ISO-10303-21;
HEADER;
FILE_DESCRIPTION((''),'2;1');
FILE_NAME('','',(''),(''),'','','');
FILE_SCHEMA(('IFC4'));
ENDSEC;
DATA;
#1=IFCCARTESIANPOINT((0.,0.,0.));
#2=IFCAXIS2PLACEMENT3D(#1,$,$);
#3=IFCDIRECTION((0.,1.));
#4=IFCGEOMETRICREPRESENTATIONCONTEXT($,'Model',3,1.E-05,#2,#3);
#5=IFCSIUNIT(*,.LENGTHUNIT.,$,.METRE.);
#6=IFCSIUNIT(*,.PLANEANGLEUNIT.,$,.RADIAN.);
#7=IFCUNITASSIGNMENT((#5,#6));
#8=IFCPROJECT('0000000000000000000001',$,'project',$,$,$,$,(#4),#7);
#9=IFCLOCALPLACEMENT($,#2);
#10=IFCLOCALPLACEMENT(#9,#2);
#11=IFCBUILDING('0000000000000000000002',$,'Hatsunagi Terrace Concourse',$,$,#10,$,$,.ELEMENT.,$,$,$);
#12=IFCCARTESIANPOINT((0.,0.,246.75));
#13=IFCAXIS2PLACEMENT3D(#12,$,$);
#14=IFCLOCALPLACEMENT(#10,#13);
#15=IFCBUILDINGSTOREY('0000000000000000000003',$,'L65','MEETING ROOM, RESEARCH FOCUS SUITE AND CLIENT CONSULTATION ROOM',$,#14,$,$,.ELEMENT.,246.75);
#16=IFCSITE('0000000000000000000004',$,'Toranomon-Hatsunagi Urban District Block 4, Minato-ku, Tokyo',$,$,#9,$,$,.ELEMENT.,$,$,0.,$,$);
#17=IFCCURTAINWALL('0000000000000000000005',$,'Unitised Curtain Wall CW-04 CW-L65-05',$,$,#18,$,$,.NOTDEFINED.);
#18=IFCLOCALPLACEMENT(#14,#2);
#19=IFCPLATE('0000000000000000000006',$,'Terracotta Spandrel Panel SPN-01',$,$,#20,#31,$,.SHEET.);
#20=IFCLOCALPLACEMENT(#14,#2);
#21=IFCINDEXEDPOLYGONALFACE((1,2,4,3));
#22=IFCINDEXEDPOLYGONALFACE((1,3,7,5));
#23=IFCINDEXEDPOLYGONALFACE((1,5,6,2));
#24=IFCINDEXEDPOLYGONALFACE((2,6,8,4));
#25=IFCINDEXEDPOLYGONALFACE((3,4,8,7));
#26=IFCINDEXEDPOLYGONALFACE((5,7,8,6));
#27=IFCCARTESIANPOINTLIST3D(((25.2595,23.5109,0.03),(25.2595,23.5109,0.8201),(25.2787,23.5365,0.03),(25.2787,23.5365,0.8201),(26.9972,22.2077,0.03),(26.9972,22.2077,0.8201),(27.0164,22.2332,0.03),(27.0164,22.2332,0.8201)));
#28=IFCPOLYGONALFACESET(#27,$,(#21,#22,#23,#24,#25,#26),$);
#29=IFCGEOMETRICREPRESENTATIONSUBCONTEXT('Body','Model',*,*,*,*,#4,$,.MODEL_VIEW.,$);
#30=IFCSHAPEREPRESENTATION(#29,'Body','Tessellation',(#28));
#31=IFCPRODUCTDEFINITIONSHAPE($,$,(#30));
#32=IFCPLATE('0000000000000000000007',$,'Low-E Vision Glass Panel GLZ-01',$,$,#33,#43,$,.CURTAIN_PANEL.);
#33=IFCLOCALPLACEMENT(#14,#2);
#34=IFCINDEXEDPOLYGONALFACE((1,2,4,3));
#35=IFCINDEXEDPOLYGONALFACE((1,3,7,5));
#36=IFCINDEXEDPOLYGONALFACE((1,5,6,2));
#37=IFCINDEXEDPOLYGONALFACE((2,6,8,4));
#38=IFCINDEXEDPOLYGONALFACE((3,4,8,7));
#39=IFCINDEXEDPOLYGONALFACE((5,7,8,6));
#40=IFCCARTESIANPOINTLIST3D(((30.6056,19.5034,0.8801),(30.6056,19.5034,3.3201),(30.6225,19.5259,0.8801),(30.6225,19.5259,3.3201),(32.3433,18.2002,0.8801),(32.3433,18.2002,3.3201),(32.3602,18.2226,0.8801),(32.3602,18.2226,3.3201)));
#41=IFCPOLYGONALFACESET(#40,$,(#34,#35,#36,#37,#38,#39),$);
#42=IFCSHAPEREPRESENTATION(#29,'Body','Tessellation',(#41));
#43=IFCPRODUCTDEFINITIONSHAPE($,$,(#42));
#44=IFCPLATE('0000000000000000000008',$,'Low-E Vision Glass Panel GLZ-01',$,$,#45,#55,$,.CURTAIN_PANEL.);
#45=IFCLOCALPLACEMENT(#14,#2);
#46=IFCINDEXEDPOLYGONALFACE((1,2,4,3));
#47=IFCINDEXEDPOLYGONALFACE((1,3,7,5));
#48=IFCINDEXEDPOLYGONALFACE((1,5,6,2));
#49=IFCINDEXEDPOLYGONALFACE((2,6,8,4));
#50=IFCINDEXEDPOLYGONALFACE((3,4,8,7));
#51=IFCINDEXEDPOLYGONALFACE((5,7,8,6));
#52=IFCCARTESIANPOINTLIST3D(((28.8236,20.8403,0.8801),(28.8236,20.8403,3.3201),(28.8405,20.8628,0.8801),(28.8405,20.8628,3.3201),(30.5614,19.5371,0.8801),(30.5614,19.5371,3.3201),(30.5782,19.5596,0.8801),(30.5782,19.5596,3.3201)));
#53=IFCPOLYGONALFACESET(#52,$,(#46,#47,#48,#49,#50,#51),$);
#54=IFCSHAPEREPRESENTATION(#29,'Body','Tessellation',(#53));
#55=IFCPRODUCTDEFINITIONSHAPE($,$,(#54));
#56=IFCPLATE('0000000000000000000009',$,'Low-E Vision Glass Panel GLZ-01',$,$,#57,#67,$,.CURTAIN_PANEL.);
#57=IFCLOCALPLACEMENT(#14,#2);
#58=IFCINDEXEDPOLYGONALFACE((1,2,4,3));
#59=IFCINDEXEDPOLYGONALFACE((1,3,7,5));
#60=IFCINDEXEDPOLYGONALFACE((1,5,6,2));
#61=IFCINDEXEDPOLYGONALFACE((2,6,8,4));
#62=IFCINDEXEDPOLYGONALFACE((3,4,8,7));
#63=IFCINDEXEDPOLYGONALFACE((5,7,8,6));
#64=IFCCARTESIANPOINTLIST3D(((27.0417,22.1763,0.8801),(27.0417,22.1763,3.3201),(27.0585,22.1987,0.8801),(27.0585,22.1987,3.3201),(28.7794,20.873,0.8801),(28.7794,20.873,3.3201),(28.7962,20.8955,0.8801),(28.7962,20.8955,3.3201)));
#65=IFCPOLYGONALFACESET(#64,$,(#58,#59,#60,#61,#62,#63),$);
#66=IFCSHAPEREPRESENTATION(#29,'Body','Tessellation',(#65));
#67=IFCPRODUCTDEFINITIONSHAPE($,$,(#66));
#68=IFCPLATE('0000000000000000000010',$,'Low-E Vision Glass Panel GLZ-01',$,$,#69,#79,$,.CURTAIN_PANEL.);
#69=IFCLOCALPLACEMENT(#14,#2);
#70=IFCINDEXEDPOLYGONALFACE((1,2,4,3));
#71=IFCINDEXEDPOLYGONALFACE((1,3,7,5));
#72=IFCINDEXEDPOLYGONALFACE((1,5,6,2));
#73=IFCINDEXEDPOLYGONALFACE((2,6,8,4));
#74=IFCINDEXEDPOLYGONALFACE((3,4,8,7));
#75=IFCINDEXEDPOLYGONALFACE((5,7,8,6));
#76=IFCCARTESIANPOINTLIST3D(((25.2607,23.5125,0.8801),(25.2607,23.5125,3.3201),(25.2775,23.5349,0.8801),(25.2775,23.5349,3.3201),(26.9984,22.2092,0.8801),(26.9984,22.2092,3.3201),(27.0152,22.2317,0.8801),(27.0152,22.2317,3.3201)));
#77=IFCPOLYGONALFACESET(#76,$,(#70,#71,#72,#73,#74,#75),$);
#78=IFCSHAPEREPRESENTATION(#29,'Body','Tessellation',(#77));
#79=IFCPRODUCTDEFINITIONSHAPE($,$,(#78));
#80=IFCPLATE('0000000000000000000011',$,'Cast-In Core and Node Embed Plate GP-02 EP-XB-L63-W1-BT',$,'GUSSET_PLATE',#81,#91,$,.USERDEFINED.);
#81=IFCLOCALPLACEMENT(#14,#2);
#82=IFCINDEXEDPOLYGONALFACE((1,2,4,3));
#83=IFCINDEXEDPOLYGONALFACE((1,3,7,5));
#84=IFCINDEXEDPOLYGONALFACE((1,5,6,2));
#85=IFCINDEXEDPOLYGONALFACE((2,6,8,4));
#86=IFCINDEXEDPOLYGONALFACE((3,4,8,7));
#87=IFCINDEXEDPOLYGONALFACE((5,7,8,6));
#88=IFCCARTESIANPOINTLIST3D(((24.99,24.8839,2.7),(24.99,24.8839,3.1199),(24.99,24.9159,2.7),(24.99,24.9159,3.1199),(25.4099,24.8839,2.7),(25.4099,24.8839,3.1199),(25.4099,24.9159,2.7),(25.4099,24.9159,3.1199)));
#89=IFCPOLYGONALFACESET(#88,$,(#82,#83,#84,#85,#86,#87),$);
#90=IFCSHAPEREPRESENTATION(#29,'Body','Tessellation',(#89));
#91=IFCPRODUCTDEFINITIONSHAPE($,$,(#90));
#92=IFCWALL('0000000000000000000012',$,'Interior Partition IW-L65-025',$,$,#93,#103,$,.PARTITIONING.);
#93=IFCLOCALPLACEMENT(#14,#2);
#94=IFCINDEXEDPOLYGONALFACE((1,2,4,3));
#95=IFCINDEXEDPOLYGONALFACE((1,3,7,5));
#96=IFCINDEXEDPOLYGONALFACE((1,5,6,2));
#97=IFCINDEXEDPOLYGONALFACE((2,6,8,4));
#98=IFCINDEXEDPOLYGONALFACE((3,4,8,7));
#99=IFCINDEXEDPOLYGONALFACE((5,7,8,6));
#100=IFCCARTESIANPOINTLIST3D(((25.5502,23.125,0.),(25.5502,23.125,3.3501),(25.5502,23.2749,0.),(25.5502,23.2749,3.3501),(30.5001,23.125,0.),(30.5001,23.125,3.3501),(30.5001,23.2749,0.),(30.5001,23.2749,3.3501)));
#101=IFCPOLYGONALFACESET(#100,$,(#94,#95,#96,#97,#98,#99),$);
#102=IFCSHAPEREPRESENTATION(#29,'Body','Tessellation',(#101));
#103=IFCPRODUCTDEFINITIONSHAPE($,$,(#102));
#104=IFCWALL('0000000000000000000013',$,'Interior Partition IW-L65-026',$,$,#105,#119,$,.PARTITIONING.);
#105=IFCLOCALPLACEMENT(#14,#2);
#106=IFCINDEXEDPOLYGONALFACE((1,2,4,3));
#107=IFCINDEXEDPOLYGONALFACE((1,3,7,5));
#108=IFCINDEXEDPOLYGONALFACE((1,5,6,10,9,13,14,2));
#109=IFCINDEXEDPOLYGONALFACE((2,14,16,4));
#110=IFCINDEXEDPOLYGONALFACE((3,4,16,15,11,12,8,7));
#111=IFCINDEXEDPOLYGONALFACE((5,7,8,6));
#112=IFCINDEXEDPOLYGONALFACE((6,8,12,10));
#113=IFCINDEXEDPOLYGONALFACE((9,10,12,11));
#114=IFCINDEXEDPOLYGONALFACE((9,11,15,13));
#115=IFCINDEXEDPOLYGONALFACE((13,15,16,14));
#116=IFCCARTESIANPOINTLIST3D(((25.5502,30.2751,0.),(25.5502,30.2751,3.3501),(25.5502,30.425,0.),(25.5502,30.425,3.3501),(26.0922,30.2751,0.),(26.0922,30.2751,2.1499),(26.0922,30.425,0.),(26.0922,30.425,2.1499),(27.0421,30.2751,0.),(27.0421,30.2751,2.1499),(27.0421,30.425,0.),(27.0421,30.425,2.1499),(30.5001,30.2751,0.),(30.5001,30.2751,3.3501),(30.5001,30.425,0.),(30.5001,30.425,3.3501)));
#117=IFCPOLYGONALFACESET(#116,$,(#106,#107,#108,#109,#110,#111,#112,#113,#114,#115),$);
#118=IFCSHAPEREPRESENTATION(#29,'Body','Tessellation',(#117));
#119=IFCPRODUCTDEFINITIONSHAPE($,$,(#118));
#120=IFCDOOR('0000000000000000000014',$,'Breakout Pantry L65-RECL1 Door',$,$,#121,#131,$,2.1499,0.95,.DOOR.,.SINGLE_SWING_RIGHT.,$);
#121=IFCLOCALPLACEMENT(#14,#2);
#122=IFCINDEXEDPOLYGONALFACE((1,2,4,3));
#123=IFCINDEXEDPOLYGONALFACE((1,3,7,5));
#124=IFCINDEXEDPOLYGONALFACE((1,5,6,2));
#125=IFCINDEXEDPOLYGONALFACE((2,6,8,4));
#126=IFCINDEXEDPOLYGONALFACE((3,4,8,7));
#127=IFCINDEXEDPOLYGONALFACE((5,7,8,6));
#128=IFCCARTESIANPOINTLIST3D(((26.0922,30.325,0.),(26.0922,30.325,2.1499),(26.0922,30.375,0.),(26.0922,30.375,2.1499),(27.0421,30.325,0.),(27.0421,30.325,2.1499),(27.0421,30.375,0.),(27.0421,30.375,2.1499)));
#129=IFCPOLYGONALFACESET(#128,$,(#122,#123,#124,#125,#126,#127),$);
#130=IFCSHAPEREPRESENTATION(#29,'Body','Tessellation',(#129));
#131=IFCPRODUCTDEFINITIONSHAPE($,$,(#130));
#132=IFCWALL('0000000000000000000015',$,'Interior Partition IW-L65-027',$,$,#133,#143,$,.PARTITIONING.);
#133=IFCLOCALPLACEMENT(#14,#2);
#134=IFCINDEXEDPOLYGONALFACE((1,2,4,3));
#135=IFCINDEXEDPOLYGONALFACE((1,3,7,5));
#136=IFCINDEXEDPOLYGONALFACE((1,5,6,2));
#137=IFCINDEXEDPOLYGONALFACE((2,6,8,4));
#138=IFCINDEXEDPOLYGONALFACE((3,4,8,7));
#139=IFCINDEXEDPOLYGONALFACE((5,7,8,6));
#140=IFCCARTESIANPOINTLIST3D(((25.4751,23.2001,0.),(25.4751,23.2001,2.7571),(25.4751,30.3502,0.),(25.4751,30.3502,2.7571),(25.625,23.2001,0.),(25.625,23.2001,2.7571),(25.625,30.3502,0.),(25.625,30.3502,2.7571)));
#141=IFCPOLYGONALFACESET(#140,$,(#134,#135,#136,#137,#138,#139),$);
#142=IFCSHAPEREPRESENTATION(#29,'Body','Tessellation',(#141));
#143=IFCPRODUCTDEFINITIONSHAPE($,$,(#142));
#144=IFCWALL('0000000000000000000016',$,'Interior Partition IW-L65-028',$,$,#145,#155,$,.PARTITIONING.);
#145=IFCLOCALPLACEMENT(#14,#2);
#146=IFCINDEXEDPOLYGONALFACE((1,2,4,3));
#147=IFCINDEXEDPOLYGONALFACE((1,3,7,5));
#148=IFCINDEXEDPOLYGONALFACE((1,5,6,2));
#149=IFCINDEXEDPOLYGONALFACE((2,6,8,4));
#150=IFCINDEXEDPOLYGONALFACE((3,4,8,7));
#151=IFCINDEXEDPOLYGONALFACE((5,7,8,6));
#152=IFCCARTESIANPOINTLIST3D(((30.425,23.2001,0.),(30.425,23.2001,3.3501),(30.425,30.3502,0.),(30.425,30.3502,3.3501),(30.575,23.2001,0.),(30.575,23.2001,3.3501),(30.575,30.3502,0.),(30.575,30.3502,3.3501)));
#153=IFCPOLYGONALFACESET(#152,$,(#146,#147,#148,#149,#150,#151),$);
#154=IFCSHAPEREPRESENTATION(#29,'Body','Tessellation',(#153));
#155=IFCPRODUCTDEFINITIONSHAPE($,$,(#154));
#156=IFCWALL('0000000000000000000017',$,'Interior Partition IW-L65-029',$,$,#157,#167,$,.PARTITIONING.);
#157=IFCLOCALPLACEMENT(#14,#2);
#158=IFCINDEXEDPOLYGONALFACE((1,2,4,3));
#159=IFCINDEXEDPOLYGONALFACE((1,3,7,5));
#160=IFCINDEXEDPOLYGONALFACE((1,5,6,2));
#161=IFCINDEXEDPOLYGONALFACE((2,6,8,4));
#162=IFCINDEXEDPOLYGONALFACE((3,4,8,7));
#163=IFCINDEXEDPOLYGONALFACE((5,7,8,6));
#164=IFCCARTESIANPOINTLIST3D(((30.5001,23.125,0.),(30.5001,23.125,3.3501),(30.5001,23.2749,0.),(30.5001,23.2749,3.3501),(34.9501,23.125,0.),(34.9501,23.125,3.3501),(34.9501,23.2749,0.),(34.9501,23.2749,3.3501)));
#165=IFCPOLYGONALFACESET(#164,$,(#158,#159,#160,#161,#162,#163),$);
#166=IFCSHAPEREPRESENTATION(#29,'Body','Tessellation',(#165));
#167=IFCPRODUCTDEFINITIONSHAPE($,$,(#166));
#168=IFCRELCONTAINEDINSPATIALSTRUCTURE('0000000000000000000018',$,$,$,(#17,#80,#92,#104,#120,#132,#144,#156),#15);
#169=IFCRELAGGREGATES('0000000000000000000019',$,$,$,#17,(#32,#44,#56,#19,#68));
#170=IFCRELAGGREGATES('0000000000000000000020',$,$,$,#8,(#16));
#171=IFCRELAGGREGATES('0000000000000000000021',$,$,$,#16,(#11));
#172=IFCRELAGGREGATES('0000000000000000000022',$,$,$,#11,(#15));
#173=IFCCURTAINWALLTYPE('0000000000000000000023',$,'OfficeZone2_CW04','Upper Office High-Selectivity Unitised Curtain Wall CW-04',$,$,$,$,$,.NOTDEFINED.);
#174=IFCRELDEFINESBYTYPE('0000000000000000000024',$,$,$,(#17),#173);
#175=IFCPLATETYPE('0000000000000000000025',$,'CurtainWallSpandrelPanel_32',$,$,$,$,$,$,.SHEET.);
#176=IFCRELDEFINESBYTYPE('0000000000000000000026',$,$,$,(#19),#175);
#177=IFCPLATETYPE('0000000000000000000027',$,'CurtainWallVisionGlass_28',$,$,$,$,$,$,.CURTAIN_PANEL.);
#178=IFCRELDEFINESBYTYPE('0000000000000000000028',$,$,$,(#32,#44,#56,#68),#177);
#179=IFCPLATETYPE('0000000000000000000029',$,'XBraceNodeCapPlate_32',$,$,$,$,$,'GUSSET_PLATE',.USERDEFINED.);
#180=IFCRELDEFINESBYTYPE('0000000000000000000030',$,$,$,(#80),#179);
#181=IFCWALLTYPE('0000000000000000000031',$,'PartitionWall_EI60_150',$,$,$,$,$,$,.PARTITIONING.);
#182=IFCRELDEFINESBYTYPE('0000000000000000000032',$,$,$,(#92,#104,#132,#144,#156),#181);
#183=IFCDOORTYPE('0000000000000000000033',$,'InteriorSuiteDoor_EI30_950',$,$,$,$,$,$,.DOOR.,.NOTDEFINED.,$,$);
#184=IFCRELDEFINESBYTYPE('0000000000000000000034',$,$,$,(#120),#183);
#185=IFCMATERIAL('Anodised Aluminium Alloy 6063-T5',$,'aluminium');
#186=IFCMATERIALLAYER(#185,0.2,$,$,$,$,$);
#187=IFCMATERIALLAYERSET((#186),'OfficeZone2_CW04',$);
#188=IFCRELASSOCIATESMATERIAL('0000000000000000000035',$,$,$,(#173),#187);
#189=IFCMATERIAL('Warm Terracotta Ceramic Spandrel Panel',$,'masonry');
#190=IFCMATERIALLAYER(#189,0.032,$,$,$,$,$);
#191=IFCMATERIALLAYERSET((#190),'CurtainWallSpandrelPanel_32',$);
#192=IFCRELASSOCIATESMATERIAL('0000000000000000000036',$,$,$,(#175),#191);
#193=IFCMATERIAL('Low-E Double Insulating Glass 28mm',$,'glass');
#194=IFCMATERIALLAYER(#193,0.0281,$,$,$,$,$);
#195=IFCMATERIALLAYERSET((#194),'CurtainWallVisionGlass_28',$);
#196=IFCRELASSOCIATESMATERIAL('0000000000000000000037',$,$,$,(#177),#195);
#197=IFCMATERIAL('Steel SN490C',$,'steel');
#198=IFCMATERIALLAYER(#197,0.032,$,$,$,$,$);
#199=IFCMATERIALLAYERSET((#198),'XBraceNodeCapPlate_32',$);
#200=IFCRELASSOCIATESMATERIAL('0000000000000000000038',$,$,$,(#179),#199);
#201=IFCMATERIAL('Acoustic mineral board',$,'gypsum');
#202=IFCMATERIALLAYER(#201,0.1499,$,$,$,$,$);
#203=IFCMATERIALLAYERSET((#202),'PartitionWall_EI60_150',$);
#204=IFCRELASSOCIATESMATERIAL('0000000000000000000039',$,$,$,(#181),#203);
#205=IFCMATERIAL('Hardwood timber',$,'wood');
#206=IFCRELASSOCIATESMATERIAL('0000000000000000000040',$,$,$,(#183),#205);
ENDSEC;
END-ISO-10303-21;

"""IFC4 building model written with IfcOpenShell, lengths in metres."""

from ifc_helpers import new_model, si_unit, direction, frame, frame_2d, origin, origin_2d, place, context, subcontext, project, spatial, rectangle, extrude, material, layer, layer_set, type_object, element, fill, aggregate, save


model = new_model("IFC4")

# Units and contexts
model_context = context("Model", 3, precision=1e-05, world=origin(), true_north=direction((0.0, 1.0)))
body_context = subcontext(model_context, "Body", "Model", "MODEL_VIEW")
ifc_project = project(units=[si_unit("LENGTHUNIT", "METRE"), si_unit("PLANEANGLEUNIT", "RADIAN")], contexts=[model_context])

# Site, building, storey
site_placement = place(None, origin())
site = spatial("IfcSite", under=ifc_project, at=site_placement, Name="Toranomon-Hatsunagi Urban District Block 4, Minato-ku, Tokyo", CompositionType="ELEMENT", RefElevation=0.0)
building_placement = place(site_placement, origin())
building = spatial("IfcBuilding", under=site, at=building_placement, Name="Hatsunagi Terrace Concourse", CompositionType="ELEMENT")
storey_placement = place(building_placement, frame((0.0, 0.0, 246.75)))
storey = spatial("IfcBuildingStorey", under=building, at=storey_placement, Name="L65", Description="MEETING ROOM, RESEARCH FOCUS SUITE AND CLIENT CONSULTATION ROOM", CompositionType="ELEMENT", Elevation=246.75)

# Curtain wall
ifc_material_1 = material(Name="Anodised Aluminium Alloy 6063-T5", Category="aluminium")
ifc_layer_1 = layer(ifc_material_1, 0.2)
ifc_layer_set_1 = layer_set([ifc_layer_1], Name="OfficeZone2_CW04")
curtain_wall_type = type_object("IfcCurtainWallType", Name="OfficeZone2_CW04", Description="Upper Office High-Selectivity Unitised Curtain Wall CW-04", PredefinedType="NOTDEFINED", material=ifc_layer_set_1)
curtain_wall_placement = place(storey_placement, origin())
curtain_wall = element("IfcCurtainWall", 1, at=curtain_wall_placement, inside=storey, type_object=curtain_wall_type, Name="Unitised Curtain Wall CW-04 CW-L65-05", PredefinedType="NOTDEFINED")

# Plates
ifc_material_2 = material(Name="Warm Terracotta Ceramic Spandrel Panel", Category="masonry")
ifc_layer_2 = layer(ifc_material_2, 0.032)
ifc_layer_set_2 = layer_set([ifc_layer_2], Name="CurtainWallSpandrelPanel_32")
plate_type_1 = type_object("IfcPlateType", Name="CurtainWallSpandrelPanel_32", PredefinedType="SHEET", material=ifc_layer_set_2)
plate_1_placement = place(storey_placement, frame((26.1379, 22.8721, 0.03), z_axis=(0.0, 0.0, 1.0), x_axis=(-0.800007, 0.59999, 0.0)))
plate_1 = element("IfcPlate", 2, at=plate_1_placement, type_object=plate_type_1, Name="Terracotta Spandrel Panel SPN-01", PredefinedType="SHEET", context=body_context, shape_type="SweptSolid", body=[
    extrude(rectangle(XDim=2.1721, YDim=0.032, at=origin_2d()), origin(), (0.0, 0.0, 1.0), 0.79),
])
ifc_material_3 = material(Name="Low-E Double Insulating Glass 28mm", Category="glass")
ifc_layer_3 = layer(ifc_material_3, 0.0281)
ifc_layer_set_3 = layer_set([ifc_layer_3], Name="CurtainWallVisionGlass_28")
plate_type_2 = type_object("IfcPlateType", Name="CurtainWallVisionGlass_28", PredefinedType="CURTAIN_PANEL", material=ifc_layer_set_3)
plate_2_placement = place(storey_placement, frame((31.4829, 18.863, 0.8801), z_axis=(0.0, 0.0, 1.0), x_axis=(-0.800007, 0.59999, 0.0)))
plate_2 = element("IfcPlate", 3, at=plate_2_placement, type_object=plate_type_2, Name="Low-E Vision Glass Panel GLZ-01", PredefinedType="CURTAIN_PANEL", context=body_context, shape_type="SweptSolid", body=[
    extrude(rectangle(XDim=2.1721, YDim=0.0281, at=origin_2d()), origin(), (0.0, 0.0, 1.0), 2.4399),
])
plate_3_placement = place(storey_placement, frame((29.7009, 20.2, 0.8801), z_axis=(0.0, 0.0, 1.0), x_axis=(-0.800007, 0.59999, 0.0)))
plate_3 = element("IfcPlate", 4, at=plate_3_placement, type_object=plate_type_2, Name="Low-E Vision Glass Panel GLZ-01", PredefinedType="CURTAIN_PANEL", context=body_context, shape_type="SweptSolid", body=[
    extrude(rectangle(XDim=2.1721, YDim=0.0281, at=origin_2d()), origin(), (0.0, 0.0, 1.0), 2.4399),
])
plate_4_placement = place(storey_placement, frame((27.9189, 21.5359, 0.8801), z_axis=(0.0, 0.0, 1.0), x_axis=(-0.800007, 0.59999, 0.0)))
plate_4 = element("IfcPlate", 5, at=plate_4_placement, type_object=plate_type_2, Name="Low-E Vision Glass Panel GLZ-01", PredefinedType="CURTAIN_PANEL", context=body_context, shape_type="SweptSolid", body=[
    extrude(rectangle(XDim=2.1721, YDim=0.0281, at=origin_2d()), origin(), (0.0, 0.0, 1.0), 2.4399),
])
plate_5_placement = place(storey_placement, frame((26.1379, 22.8721, 0.8801), z_axis=(0.0, 0.0, 1.0), x_axis=(-0.800007, 0.59999, 0.0)))
plate_5 = element("IfcPlate", 6, at=plate_5_placement, type_object=plate_type_2, Name="Low-E Vision Glass Panel GLZ-01", PredefinedType="CURTAIN_PANEL", context=body_context, shape_type="SweptSolid", body=[
    extrude(rectangle(XDim=2.1721, YDim=0.0281, at=origin_2d()), origin(), (0.0, 0.0, 1.0), 2.4399),
])
aggregate(curtain_wall, [plate_2, plate_3, plate_4, plate_1, plate_5])
ifc_material_4 = material(Name="Steel SN490C", Category="steel")
ifc_layer_4 = layer(ifc_material_4, 0.032)
ifc_layer_set_4 = layer_set([ifc_layer_4], Name="XBraceNodeCapPlate_32")
plate_type_3 = type_object("IfcPlateType", Name="XBraceNodeCapPlate_32", ElementType="GUSSET_PLATE", PredefinedType="USERDEFINED", material=ifc_layer_set_4)
plate_6_placement = place(storey_placement, frame((25.2, 24.8999, 2.7), z_axis=(0.0, 0.0, 1.0), x_axis=(1.0, 0.0, 0.0)))
element("IfcPlate", 7, at=plate_6_placement, inside=storey, type_object=plate_type_3, Name="Cast-In Core and Node Embed Plate GP-02 EP-XB-L63-W1-BT", ObjectType="GUSSET_PLATE", PredefinedType="USERDEFINED", context=body_context, shape_type="SweptSolid", body=[
    extrude(rectangle(XDim=0.4199, YDim=0.032, at=origin_2d()), origin(), (0.0, 0.0, 1.0), 0.4199),
])

# Wall
ifc_material_5 = material(Name="Acoustic mineral board", Category="gypsum")
ifc_layer_5 = layer(ifc_material_5, 0.1499)
ifc_layer_set_5 = layer_set([ifc_layer_5], Name="PartitionWall_EI60_150")
wall_type_1 = type_object("IfcWallType", Name="PartitionWall_EI60_150", PredefinedType="PARTITIONING", material=ifc_layer_set_5)
wall_1_placement = place(storey_placement, frame((25.55, 23.2, 0.0), z_axis=(0.0, 0.0, 1.0), x_axis=(1.0, 0.0, 0.0)))
element("IfcWall", 8, at=wall_1_placement, inside=storey, type_object=wall_type_1, Name="Interior Partition IW-L65-025", PredefinedType="PARTITIONING", context=body_context, shape_type="SweptSolid", body=[
    extrude(rectangle(XDim=4.95, YDim=0.1499, at=frame_2d((2.4751, 0.0))), origin(), (0.0, 0.0, 1.0), 3.3501),
])

# Wall, opening, door
wall_2_placement = place(storey_placement, frame((25.55, 30.3501, 0.0), z_axis=(0.0, 0.0, 1.0), x_axis=(1.0, 0.0, 0.0)))
wall_2 = element("IfcWall", 9, at=wall_2_placement, inside=storey, type_object=wall_type_1, Name="Interior Partition IW-L65-026", PredefinedType="PARTITIONING", context=body_context, shape_type="SweptSolid", body=[
    extrude(rectangle(XDim=4.95, YDim=0.1499, at=frame_2d((2.4751, 0.0))), origin(), (0.0, 0.0, 1.0), 3.3501),
])
opening_1_placement = place(wall_2_placement, frame((0.542, 0.0, 0.0)))
opening_1 = element("IfcOpeningElement", 10, at=opening_1_placement, cuts=wall_2, PredefinedType="OPENING", context=body_context, shape_type="SweptSolid", body=[
    extrude(rectangle(XDim=0.95, YDim=2.1499, at=frame_2d((0.4751, 1.075))), frame((0.0, 0.085, 0.0), z_axis=(0.0, -1.0, 0.0), x_axis=(1.0, 0.0, 0.0)), (0.0, 0.0, 1.0), 0.1699),
])
ifc_material_6 = material(Name="Hardwood timber", Category="wood")
door_type_1 = type_object("IfcDoorType", Name="InteriorSuiteDoor_EI30_950", OperationType="NOTDEFINED", PredefinedType="DOOR", material=ifc_material_6)
door_1_placement = place(opening_1_placement, origin())
door_1 = element("IfcDoor", 11, at=door_1_placement, inside=storey, type_object=door_type_1, Name="Breakout Pantry L65-RECL1 Door", OperationType="SINGLE_SWING_RIGHT", OverallHeight=2.1499, OverallWidth=0.95, PredefinedType="DOOR", context=body_context, shape_type="SweptSolid", body=[
    extrude(rectangle(XDim=0.95, YDim=2.1499, at=frame_2d((0.4751, 1.075))), frame((0.0, 0.0249, 0.0), z_axis=(0.0, -1.0, 0.0), x_axis=(1.0, 0.0, 0.0)), (0.0, 0.0, 1.0), 0.05),
])
fill(opening_1, door_1)

# Walls
wall_3_placement = place(storey_placement, frame((25.55, 23.2, 0.0), z_axis=(0.0, 0.0, 1.0), x_axis=(0.0, 1.0, 0.0)))
element("IfcWall", 12, at=wall_3_placement, inside=storey, type_object=wall_type_1, Name="Interior Partition IW-L65-027", PredefinedType="PARTITIONING", context=body_context, shape_type="SweptSolid", body=[
    extrude(rectangle(XDim=7.1501, YDim=0.1499, at=frame_2d((3.5752, 0.0))), origin(), (0.0, 0.0, 1.0), 2.7571),
])
wall_4_placement = place(storey_placement, frame((30.5, 23.2, 0.0), z_axis=(0.0, 0.0, 1.0), x_axis=(0.0, 1.0, 0.0)))
element("IfcWall", 13, at=wall_4_placement, inside=storey, type_object=wall_type_1, Name="Interior Partition IW-L65-028", PredefinedType="PARTITIONING", context=body_context, shape_type="SweptSolid", body=[
    extrude(rectangle(XDim=7.1501, YDim=0.1499, at=frame_2d((3.5752, 0.0))), origin(), (0.0, 0.0, 1.0), 3.3501),
])
wall_5_placement = place(storey_placement, frame((30.5, 23.2, 0.0), z_axis=(0.0, 0.0, 1.0), x_axis=(1.0, 0.0, 0.0)))
element("IfcWall", 14, at=wall_5_placement, inside=storey, type_object=wall_type_1, Name="Interior Partition IW-L65-029", PredefinedType="PARTITIONING", context=body_context, shape_type="SweptSolid", body=[
    extrude(rectangle(XDim=4.45, YDim=0.1499, at=frame_2d((2.2251, 0.0))), origin(), (0.0, 0.0, 1.0), 3.3501),
])

save(model, "model.ifc")
